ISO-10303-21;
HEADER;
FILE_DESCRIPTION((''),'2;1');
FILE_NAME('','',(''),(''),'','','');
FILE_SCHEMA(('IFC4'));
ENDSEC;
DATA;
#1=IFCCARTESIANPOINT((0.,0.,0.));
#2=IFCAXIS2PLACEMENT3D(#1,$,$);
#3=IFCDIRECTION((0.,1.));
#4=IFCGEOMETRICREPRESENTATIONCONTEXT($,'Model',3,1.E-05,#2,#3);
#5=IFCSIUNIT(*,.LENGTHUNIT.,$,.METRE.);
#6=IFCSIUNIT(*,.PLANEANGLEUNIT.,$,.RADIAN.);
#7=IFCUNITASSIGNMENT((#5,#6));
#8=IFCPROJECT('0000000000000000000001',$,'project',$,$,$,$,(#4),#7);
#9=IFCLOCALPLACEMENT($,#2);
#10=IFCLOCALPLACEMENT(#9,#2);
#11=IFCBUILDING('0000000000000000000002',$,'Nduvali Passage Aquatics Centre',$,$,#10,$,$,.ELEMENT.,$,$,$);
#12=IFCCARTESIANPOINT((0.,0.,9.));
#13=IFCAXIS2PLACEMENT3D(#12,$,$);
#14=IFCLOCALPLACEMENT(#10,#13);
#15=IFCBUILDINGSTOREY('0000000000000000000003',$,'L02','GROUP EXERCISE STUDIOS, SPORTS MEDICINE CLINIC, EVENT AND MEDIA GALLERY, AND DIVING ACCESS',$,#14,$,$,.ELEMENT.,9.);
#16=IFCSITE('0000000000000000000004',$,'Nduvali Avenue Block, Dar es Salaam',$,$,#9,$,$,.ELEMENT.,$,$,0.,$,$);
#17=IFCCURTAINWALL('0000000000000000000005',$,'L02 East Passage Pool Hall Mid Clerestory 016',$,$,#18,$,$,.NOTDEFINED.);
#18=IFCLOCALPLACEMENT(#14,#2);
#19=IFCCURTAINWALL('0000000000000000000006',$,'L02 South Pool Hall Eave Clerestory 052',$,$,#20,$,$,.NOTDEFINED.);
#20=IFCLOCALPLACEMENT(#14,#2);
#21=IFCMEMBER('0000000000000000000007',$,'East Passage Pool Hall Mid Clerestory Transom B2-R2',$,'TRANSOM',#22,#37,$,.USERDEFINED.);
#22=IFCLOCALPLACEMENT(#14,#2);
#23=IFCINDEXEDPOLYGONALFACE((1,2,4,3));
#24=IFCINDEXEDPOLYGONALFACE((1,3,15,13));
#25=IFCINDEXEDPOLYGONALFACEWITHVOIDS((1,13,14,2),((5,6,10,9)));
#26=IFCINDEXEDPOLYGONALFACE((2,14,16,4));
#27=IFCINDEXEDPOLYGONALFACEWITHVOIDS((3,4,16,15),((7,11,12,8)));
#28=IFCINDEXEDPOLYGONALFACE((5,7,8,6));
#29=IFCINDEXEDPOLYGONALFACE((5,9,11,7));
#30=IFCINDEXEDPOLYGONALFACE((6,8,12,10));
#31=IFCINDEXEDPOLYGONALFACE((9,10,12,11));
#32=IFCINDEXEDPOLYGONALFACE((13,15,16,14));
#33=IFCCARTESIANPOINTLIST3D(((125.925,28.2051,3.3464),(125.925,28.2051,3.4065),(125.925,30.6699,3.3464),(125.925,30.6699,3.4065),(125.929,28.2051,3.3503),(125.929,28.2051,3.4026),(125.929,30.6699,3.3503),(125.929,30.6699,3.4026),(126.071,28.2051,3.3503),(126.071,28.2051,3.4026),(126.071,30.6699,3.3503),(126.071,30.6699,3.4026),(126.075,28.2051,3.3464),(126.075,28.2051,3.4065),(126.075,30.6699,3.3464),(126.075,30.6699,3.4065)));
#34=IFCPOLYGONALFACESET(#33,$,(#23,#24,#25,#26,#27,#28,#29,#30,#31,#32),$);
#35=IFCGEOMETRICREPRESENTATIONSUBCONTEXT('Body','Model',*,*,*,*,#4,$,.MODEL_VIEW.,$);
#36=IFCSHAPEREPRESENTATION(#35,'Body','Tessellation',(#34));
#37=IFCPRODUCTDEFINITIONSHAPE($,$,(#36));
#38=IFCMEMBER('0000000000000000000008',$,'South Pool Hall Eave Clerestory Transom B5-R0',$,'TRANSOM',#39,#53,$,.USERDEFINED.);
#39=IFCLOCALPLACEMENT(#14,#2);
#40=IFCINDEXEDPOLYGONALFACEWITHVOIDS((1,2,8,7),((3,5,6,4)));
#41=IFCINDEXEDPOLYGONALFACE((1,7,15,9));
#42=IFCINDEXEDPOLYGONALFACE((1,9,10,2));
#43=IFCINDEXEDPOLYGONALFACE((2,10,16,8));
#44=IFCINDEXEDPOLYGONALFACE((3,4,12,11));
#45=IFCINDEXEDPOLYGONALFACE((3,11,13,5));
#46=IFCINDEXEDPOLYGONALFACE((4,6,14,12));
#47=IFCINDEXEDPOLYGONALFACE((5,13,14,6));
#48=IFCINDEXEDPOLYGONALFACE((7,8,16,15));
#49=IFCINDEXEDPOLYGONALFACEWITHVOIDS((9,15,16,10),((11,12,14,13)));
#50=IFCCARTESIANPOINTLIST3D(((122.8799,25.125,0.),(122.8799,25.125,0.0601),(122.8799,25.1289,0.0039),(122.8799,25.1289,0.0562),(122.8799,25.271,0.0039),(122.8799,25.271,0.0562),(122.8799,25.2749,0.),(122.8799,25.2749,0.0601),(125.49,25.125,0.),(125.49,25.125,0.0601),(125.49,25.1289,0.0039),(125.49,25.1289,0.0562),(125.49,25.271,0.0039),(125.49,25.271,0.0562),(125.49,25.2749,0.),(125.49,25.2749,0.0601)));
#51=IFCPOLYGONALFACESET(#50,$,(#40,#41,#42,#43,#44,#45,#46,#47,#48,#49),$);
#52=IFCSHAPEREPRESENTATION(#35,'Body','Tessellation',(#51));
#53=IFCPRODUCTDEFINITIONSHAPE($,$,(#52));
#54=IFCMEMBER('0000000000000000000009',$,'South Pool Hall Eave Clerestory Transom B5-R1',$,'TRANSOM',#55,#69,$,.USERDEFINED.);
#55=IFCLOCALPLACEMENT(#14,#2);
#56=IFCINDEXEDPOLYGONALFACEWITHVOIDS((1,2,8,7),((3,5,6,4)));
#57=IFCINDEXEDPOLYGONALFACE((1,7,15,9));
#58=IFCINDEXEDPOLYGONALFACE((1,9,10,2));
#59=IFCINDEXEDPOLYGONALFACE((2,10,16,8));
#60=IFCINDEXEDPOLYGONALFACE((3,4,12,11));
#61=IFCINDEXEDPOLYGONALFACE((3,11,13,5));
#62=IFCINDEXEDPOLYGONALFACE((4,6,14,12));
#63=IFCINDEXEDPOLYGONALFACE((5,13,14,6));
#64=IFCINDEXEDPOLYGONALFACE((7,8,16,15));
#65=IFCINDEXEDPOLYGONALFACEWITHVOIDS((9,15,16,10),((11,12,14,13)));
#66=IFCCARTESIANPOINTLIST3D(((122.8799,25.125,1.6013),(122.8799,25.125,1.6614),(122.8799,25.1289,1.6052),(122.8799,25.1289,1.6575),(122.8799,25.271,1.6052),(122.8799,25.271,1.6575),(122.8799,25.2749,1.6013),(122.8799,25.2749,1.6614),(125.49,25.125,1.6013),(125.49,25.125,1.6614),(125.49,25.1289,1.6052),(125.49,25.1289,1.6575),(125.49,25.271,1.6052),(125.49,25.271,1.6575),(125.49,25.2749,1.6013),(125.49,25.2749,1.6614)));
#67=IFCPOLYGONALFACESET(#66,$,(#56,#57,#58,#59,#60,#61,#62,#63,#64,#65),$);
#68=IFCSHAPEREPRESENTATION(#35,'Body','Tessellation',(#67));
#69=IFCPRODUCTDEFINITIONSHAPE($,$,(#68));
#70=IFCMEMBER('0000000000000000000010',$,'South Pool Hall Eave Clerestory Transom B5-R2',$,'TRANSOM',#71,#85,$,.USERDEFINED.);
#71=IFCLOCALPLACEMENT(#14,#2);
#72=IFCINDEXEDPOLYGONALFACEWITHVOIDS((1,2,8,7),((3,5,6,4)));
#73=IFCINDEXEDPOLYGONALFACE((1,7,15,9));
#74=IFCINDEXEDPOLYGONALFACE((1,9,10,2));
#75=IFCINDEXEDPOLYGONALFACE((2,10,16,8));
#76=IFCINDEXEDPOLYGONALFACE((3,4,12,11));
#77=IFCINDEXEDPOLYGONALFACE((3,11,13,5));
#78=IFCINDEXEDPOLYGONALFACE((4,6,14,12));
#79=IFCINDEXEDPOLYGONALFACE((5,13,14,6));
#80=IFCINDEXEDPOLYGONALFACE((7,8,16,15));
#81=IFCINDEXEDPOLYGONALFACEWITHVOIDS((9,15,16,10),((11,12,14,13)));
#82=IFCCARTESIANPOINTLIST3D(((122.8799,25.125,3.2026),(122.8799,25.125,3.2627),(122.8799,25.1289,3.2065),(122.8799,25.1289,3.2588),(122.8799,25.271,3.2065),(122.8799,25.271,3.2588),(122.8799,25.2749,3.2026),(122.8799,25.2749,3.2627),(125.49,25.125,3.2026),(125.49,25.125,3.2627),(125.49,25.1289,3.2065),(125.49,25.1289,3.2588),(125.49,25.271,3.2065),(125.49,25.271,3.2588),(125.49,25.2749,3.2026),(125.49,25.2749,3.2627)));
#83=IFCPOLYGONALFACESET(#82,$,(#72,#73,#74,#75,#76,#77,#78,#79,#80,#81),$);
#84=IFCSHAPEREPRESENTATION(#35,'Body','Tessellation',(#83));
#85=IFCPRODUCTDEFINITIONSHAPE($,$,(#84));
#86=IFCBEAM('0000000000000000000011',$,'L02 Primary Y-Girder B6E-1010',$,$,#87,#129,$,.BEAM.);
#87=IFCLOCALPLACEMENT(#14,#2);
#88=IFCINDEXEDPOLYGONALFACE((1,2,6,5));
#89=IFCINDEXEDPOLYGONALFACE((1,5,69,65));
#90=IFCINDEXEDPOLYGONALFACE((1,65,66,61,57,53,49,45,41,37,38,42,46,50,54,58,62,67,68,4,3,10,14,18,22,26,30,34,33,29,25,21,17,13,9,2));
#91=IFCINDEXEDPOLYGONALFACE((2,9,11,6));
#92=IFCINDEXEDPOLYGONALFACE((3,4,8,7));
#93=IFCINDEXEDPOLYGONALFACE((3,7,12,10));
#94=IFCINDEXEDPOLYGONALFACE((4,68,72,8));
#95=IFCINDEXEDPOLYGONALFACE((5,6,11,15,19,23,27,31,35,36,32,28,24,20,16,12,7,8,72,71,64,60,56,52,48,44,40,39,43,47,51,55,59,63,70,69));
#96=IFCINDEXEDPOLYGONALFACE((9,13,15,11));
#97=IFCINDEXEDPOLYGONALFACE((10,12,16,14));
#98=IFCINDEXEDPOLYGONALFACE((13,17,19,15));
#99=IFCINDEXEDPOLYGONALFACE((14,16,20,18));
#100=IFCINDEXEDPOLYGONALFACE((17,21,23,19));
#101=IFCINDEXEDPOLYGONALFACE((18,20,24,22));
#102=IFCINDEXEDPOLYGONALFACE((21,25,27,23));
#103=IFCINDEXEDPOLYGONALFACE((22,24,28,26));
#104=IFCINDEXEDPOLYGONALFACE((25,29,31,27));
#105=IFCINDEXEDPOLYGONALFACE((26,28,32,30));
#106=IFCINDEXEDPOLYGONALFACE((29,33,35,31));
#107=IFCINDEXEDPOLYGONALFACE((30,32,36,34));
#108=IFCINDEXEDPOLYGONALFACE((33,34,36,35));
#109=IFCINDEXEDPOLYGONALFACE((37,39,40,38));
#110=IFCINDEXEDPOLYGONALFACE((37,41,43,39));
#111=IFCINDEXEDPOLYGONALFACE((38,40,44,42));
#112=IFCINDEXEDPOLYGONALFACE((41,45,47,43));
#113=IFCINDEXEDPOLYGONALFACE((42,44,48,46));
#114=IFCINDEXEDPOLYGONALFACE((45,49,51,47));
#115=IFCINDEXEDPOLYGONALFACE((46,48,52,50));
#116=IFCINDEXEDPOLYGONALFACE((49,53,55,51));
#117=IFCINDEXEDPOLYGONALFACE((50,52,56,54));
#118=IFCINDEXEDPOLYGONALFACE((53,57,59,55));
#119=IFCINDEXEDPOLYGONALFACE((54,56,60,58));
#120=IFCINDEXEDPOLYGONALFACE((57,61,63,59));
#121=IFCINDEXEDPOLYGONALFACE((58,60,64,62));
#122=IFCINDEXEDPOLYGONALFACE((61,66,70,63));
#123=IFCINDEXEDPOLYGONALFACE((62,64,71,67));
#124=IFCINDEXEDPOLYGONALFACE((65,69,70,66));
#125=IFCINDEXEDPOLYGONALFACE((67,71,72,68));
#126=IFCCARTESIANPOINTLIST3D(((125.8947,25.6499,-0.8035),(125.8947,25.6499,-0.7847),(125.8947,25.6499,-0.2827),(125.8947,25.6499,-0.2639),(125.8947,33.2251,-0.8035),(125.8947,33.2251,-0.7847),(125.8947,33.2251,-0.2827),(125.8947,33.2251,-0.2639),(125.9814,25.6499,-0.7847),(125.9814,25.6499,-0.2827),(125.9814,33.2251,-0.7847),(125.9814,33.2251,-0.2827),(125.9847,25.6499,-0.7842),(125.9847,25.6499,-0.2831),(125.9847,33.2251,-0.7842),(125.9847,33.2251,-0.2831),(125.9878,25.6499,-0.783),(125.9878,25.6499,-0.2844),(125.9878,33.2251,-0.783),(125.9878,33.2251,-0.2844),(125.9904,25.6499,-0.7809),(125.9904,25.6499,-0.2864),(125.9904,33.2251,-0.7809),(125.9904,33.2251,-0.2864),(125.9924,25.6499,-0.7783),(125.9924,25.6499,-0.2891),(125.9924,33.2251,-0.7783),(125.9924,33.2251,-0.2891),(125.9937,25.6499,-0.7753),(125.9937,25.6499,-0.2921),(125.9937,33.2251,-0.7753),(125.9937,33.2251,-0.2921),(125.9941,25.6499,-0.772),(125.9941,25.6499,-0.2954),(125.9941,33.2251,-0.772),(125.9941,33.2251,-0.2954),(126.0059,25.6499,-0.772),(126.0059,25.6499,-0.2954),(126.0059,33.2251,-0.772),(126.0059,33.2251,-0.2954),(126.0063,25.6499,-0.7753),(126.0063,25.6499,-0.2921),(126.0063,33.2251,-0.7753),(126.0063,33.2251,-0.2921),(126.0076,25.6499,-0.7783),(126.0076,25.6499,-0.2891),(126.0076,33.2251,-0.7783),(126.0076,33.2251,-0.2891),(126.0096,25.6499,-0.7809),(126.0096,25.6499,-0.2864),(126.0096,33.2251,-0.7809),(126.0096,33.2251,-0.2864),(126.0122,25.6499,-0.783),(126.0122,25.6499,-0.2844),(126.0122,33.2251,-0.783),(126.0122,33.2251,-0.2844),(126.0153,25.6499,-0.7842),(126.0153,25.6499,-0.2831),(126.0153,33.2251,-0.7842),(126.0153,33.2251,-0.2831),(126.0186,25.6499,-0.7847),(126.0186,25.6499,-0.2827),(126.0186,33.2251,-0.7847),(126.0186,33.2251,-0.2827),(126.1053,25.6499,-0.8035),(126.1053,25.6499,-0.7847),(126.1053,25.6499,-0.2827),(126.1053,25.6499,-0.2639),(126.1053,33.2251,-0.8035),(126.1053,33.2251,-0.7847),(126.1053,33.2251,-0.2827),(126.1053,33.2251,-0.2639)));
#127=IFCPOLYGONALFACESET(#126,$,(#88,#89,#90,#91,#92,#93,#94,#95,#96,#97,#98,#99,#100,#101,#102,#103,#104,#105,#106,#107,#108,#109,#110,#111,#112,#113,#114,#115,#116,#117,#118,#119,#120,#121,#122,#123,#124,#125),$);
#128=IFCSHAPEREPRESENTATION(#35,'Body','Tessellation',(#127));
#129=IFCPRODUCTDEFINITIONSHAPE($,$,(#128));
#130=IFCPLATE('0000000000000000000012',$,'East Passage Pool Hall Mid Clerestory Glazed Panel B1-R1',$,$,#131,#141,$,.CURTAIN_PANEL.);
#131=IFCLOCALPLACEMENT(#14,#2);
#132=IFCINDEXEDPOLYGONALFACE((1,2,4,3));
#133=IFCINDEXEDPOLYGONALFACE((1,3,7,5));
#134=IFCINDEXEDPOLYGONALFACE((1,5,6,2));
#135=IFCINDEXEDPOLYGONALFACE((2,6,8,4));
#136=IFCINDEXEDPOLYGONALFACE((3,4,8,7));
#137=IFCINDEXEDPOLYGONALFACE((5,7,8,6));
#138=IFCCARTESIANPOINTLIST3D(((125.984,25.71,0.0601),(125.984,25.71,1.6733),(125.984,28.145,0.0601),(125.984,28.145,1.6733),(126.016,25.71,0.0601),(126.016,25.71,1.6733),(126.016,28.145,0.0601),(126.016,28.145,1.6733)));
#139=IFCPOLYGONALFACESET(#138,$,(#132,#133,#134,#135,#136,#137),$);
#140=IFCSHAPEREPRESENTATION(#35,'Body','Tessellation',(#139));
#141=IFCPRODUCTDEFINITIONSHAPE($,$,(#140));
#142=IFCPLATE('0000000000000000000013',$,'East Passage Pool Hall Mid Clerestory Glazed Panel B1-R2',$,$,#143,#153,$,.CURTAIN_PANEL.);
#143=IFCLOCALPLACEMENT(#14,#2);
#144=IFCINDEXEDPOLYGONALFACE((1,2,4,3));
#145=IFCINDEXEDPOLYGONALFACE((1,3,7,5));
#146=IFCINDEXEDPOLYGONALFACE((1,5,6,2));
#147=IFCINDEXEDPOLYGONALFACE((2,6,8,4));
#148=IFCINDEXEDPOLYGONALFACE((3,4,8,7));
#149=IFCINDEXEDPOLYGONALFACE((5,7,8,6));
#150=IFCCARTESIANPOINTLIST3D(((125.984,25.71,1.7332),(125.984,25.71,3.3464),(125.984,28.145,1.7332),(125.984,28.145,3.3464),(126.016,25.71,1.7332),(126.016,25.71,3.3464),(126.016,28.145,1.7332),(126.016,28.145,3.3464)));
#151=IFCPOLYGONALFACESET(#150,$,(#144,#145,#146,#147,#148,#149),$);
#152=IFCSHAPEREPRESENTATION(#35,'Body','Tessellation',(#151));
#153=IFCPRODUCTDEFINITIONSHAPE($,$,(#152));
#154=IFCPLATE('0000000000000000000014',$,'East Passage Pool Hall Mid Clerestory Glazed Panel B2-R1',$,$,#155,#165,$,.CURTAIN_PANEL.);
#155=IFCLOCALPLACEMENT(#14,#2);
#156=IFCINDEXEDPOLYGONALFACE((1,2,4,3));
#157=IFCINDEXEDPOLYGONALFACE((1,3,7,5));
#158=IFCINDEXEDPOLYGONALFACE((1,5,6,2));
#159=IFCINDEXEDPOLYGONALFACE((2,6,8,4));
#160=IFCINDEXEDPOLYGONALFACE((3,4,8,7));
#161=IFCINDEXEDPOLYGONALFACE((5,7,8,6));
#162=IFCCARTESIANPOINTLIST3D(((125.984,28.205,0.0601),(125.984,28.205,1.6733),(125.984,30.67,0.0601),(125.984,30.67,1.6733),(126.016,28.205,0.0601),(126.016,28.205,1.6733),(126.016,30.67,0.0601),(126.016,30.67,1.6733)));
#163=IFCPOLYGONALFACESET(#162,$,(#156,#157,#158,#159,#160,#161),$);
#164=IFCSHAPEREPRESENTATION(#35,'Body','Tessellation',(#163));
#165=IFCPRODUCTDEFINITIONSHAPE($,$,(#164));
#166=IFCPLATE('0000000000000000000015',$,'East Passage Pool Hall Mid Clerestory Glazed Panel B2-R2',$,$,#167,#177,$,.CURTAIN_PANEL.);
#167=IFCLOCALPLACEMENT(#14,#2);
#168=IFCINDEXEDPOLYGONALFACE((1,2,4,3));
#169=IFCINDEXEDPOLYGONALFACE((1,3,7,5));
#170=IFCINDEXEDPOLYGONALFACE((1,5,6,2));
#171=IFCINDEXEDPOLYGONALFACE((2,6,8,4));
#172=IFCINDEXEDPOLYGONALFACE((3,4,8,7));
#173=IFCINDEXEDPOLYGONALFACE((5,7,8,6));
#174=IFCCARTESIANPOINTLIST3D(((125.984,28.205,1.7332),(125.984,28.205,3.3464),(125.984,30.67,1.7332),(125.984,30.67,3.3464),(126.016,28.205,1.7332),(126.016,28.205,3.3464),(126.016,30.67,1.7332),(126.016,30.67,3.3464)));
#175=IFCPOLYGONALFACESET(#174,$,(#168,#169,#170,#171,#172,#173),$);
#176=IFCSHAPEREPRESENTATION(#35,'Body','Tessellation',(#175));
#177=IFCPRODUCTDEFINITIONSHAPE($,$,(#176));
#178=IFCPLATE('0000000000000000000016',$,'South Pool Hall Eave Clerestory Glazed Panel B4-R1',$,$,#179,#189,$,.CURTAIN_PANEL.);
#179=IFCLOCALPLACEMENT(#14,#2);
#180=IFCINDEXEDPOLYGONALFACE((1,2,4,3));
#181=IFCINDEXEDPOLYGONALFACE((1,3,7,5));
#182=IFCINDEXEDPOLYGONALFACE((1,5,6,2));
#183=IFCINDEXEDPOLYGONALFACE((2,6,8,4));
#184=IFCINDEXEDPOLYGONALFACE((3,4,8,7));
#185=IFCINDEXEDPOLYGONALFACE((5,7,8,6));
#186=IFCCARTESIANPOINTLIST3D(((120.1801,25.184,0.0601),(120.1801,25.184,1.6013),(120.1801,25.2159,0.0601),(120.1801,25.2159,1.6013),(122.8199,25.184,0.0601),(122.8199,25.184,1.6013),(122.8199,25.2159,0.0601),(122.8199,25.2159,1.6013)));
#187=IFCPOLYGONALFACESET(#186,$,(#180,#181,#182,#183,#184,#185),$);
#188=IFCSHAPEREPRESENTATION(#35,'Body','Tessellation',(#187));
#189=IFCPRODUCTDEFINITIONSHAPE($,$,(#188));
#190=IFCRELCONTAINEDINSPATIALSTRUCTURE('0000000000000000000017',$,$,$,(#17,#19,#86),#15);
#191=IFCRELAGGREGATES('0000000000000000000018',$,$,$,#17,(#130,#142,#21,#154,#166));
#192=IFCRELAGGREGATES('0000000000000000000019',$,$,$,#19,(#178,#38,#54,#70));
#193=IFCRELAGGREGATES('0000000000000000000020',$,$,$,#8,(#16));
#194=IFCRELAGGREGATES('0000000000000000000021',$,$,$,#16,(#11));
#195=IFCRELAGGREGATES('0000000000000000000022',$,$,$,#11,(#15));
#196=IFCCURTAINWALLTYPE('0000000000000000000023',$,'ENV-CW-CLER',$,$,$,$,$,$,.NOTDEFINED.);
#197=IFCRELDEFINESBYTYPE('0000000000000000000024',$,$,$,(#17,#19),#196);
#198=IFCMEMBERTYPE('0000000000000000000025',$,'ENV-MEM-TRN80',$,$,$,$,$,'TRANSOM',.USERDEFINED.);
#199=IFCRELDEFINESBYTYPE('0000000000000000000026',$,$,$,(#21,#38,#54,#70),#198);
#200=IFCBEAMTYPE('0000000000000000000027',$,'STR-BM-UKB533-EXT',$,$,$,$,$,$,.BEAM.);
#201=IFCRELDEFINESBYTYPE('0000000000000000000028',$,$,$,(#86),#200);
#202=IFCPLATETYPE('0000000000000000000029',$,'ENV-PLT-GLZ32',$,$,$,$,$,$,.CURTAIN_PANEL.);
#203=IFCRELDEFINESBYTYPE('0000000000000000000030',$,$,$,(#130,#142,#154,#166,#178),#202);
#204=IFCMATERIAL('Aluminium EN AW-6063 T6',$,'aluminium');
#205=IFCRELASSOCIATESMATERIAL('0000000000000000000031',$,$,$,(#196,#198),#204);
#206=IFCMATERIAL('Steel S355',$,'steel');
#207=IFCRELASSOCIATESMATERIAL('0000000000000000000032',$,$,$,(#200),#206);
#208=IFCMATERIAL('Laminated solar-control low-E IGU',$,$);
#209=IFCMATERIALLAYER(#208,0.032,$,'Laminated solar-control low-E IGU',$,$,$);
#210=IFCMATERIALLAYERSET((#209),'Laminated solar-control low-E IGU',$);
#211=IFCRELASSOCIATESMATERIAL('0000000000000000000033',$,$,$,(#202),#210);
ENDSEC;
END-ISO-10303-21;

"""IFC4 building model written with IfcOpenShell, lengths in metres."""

from ifc_helpers import new_model, si_unit, direction, frame, origin, origin_2d, place, context, subcontext, project, spatial, rectangle, hollow_rectangle, i_section, extrude, material, layer, layer_set, material_profile, profile_set, type_object, element, aggregate, save


model = new_model("IFC4")

# Units and contexts
model_context = context("Model", 3, precision=1e-05, world=origin(), true_north=direction((0.0, 1.0)))
body_context = subcontext(model_context, "Body", "Model", "MODEL_VIEW")
ifc_project = project(units=[si_unit("LENGTHUNIT", "METRE"), si_unit("PLANEANGLEUNIT", "RADIAN")], contexts=[model_context])

# Site, building, storey
site_placement = place(None, origin())
site = spatial("IfcSite", under=ifc_project, at=site_placement, Name="Nduvali Avenue Block, Dar es Salaam", CompositionType="ELEMENT", RefElevation=0.0)
building_placement = place(site_placement, origin())
building = spatial("IfcBuilding", under=site, at=building_placement, Name="Nduvali Passage Aquatics Centre", CompositionType="ELEMENT")
storey_placement = place(building_placement, frame((0.0, 0.0, 9.0)))
storey = spatial("IfcBuildingStorey", under=building, at=storey_placement, Name="L02", Description="GROUP EXERCISE STUDIOS, SPORTS MEDICINE CLINIC, EVENT AND MEDIA GALLERY, AND DIVING ACCESS", CompositionType="ELEMENT", Elevation=9.0)

# Curtain walls
ifc_material_1 = material(Name="Aluminium EN AW-6063 T6", Category="aluminium")
curtain_wall_type = type_object("IfcCurtainWallType", Name="ENV-CW-CLER", PredefinedType="NOTDEFINED", material=ifc_material_1)
curtain_wall_1_placement = place(storey_placement, origin())
curtain_wall_1 = element("IfcCurtainWall", 1, at=curtain_wall_1_placement, inside=storey, type_object=curtain_wall_type, Name="L02 East Passage Pool Hall Mid Clerestory 016", PredefinedType="NOTDEFINED")
curtain_wall_2_placement = place(storey_placement, origin())
curtain_wall_2 = element("IfcCurtainWall", 2, at=curtain_wall_2_placement, inside=storey, type_object=curtain_wall_type, Name="L02 South Pool Hall Eave Clerestory 052", PredefinedType="NOTDEFINED")

# Members
ifc_material_profile_1 = material_profile(ifc_material_1, hollow_rectangle(XDim=0.1499, YDim=0.0601, WallThickness=0.0039, at=origin_2d()), Name="ALU TRANSOM 150x60x4")
ifc_profile_set_1 = profile_set([ifc_material_profile_1], Name="Aluminium EN AW-6063 T6")
member_type_1 = type_object("IfcMemberType", Name="ENV-MEM-TRN80", ElementType="TRANSOM", PredefinedType="USERDEFINED", material=ifc_profile_set_1)
member_1_placement = place(storey_placement, frame((126.0, 28.2051, 3.3765), z_axis=(0.0, 1.0, 0.0), x_axis=(-1.0, 0.0, 0.0)))
member_1 = element("IfcMember", 3, at=member_1_placement, type_object=member_type_1, Name="East Passage Pool Hall Mid Clerestory Transom B2-R2", ObjectType="TRANSOM", PredefinedType="USERDEFINED", context=body_context, shape_type="SweptSolid", body=[
    extrude(hollow_rectangle(XDim=0.1499, YDim=0.0601, WallThickness=0.0039, at=origin_2d()), origin(), (0.0, 0.0, 1.0), 2.4648),
])
member_2_placement = place(storey_placement, frame((122.8799, 25.2, 0.03), z_axis=(1.0, 0.0, 0.0), x_axis=(0.0, 1.0, 0.0)))
member_2 = element("IfcMember", 4, at=member_2_placement, type_object=member_type_1, Name="South Pool Hall Eave Clerestory Transom B5-R0", ObjectType="TRANSOM", PredefinedType="USERDEFINED", context=body_context, shape_type="SweptSolid", body=[
    extrude(hollow_rectangle(XDim=0.1499, YDim=0.0601, WallThickness=0.0039, at=origin_2d()), origin(), (0.0, 0.0, 1.0), 2.6101),
])
member_3_placement = place(storey_placement, frame((122.8799, 25.2, 1.6313), z_axis=(1.0, 0.0, 0.0), x_axis=(0.0, 1.0, 0.0)))
member_3 = element("IfcMember", 5, at=member_3_placement, type_object=member_type_1, Name="South Pool Hall Eave Clerestory Transom B5-R1", ObjectType="TRANSOM", PredefinedType="USERDEFINED", context=body_context, shape_type="SweptSolid", body=[
    extrude(hollow_rectangle(XDim=0.1499, YDim=0.0601, WallThickness=0.0039, at=origin_2d()), origin(), (0.0, 0.0, 1.0), 2.6101),
])
member_4_placement = place(storey_placement, frame((122.8799, 25.2, 3.2327), z_axis=(1.0, 0.0, 0.0), x_axis=(0.0, 1.0, 0.0)))
member_4 = element("IfcMember", 6, at=member_4_placement, type_object=member_type_1, Name="South Pool Hall Eave Clerestory Transom B5-R2", ObjectType="TRANSOM", PredefinedType="USERDEFINED", context=body_context, shape_type="SweptSolid", body=[
    extrude(hollow_rectangle(XDim=0.1499, YDim=0.0601, WallThickness=0.0039, at=origin_2d()), origin(), (0.0, 0.0, 1.0), 2.6101),
])

# Beam
ifc_material_2 = material(Name="Steel S355", Category="steel")
ifc_material_profile_2 = material_profile(ifc_material_2, i_section(OverallWidth=0.2107, OverallDepth=0.5396, WebThickness=0.0117, FlangeThickness=0.0188, FilletRadius=0.0127, at=origin_2d()), Name="UKB 533x210x109")
ifc_profile_set_2 = profile_set([ifc_material_profile_2], Name="Steel S355")
beam_type = type_object("IfcBeamType", Name="STR-BM-UKB533-EXT", PredefinedType="BEAM", material=ifc_profile_set_2)
beam_placement = place(storey_placement, frame((126.0, 25.6499, -0.5337), z_axis=(0.0, 1.0, 0.0), x_axis=(-1.0, 0.0, 0.0)))
element("IfcBeam", 7, at=beam_placement, inside=storey, type_object=beam_type, Name="L02 Primary Y-Girder B6E-1010", PredefinedType="BEAM", context=body_context, shape_type="SweptSolid", body=[
    extrude(i_section(OverallWidth=0.2107, OverallDepth=0.5396, WebThickness=0.0117, FlangeThickness=0.0188, FilletRadius=0.0127, at=origin_2d()), origin(), (0.0, 0.0, 1.0), 7.5752),
])

# Plates
ifc_material_3 = material(Name="Laminated solar-control low-E IGU")
ifc_layer = layer(ifc_material_3, 0.032, Name="Laminated solar-control low-E IGU")
ifc_layer_set = layer_set([ifc_layer], Name="Laminated solar-control low-E IGU")
plate_type = type_object("IfcPlateType", Name="ENV-PLT-GLZ32", PredefinedType="CURTAIN_PANEL", material=ifc_layer_set)
plate_1_placement = place(storey_placement, frame((126.0, 26.9275, 0.0601), z_axis=(0.0, 0.0, 1.0), x_axis=(0.0, 1.0, 0.0)))
plate_1 = element("IfcPlate", 8, at=plate_1_placement, type_object=plate_type, Name="East Passage Pool Hall Mid Clerestory Glazed Panel B1-R1", PredefinedType="CURTAIN_PANEL", context=body_context, shape_type="SweptSolid", body=[
    extrude(rectangle(XDim=2.4351, YDim=0.032, at=origin_2d()), origin(), (0.0, 0.0, 1.0), 1.6133),
])
plate_2_placement = place(storey_placement, frame((126.0, 26.9275, 1.7332), z_axis=(0.0, 0.0, 1.0), x_axis=(0.0, 1.0, 0.0)))
plate_2 = element("IfcPlate", 9, at=plate_2_placement, type_object=plate_type, Name="East Passage Pool Hall Mid Clerestory Glazed Panel B1-R2", PredefinedType="CURTAIN_PANEL", context=body_context, shape_type="SweptSolid", body=[
    extrude(rectangle(XDim=2.4351, YDim=0.032, at=origin_2d()), origin(), (0.0, 0.0, 1.0), 1.6133),
])
plate_3_placement = place(storey_placement, frame((126.0, 29.4375, 0.0601), z_axis=(0.0, 0.0, 1.0), x_axis=(0.0, 1.0, 0.0)))
plate_3 = element("IfcPlate", 10, at=plate_3_placement, type_object=plate_type, Name="East Passage Pool Hall Mid Clerestory Glazed Panel B2-R1", PredefinedType="CURTAIN_PANEL", context=body_context, shape_type="SweptSolid", body=[
    extrude(rectangle(XDim=2.4651, YDim=0.032, at=origin_2d()), origin(), (0.0, 0.0, 1.0), 1.6133),
])
plate_4_placement = place(storey_placement, frame((126.0, 29.4375, 1.7332), z_axis=(0.0, 0.0, 1.0), x_axis=(0.0, 1.0, 0.0)))
plate_4 = element("IfcPlate", 11, at=plate_4_placement, type_object=plate_type, Name="East Passage Pool Hall Mid Clerestory Glazed Panel B2-R2", PredefinedType="CURTAIN_PANEL", context=body_context, shape_type="SweptSolid", body=[
    extrude(rectangle(XDim=2.4651, YDim=0.032, at=origin_2d()), origin(), (0.0, 0.0, 1.0), 1.6133),
])
aggregate(curtain_wall_1, [plate_1, plate_2, member_1, plate_3, plate_4])
plate_5_placement = place(storey_placement, frame((121.5, 25.2, 0.0601), z_axis=(0.0, 0.0, 1.0), x_axis=(1.0, 0.0, 0.0)))
plate_5 = element("IfcPlate", 12, at=plate_5_placement, type_object=plate_type, Name="South Pool Hall Eave Clerestory Glazed Panel B4-R1", PredefinedType="CURTAIN_PANEL", context=body_context, shape_type="SweptSolid", body=[
    extrude(rectangle(XDim=2.6399, YDim=0.032, at=origin_2d()), origin(), (0.0, 0.0, 1.0), 1.5413),
])
aggregate(curtain_wall_2, [plate_5, member_2, member_3, member_4])

save(model, "model.ifc")
